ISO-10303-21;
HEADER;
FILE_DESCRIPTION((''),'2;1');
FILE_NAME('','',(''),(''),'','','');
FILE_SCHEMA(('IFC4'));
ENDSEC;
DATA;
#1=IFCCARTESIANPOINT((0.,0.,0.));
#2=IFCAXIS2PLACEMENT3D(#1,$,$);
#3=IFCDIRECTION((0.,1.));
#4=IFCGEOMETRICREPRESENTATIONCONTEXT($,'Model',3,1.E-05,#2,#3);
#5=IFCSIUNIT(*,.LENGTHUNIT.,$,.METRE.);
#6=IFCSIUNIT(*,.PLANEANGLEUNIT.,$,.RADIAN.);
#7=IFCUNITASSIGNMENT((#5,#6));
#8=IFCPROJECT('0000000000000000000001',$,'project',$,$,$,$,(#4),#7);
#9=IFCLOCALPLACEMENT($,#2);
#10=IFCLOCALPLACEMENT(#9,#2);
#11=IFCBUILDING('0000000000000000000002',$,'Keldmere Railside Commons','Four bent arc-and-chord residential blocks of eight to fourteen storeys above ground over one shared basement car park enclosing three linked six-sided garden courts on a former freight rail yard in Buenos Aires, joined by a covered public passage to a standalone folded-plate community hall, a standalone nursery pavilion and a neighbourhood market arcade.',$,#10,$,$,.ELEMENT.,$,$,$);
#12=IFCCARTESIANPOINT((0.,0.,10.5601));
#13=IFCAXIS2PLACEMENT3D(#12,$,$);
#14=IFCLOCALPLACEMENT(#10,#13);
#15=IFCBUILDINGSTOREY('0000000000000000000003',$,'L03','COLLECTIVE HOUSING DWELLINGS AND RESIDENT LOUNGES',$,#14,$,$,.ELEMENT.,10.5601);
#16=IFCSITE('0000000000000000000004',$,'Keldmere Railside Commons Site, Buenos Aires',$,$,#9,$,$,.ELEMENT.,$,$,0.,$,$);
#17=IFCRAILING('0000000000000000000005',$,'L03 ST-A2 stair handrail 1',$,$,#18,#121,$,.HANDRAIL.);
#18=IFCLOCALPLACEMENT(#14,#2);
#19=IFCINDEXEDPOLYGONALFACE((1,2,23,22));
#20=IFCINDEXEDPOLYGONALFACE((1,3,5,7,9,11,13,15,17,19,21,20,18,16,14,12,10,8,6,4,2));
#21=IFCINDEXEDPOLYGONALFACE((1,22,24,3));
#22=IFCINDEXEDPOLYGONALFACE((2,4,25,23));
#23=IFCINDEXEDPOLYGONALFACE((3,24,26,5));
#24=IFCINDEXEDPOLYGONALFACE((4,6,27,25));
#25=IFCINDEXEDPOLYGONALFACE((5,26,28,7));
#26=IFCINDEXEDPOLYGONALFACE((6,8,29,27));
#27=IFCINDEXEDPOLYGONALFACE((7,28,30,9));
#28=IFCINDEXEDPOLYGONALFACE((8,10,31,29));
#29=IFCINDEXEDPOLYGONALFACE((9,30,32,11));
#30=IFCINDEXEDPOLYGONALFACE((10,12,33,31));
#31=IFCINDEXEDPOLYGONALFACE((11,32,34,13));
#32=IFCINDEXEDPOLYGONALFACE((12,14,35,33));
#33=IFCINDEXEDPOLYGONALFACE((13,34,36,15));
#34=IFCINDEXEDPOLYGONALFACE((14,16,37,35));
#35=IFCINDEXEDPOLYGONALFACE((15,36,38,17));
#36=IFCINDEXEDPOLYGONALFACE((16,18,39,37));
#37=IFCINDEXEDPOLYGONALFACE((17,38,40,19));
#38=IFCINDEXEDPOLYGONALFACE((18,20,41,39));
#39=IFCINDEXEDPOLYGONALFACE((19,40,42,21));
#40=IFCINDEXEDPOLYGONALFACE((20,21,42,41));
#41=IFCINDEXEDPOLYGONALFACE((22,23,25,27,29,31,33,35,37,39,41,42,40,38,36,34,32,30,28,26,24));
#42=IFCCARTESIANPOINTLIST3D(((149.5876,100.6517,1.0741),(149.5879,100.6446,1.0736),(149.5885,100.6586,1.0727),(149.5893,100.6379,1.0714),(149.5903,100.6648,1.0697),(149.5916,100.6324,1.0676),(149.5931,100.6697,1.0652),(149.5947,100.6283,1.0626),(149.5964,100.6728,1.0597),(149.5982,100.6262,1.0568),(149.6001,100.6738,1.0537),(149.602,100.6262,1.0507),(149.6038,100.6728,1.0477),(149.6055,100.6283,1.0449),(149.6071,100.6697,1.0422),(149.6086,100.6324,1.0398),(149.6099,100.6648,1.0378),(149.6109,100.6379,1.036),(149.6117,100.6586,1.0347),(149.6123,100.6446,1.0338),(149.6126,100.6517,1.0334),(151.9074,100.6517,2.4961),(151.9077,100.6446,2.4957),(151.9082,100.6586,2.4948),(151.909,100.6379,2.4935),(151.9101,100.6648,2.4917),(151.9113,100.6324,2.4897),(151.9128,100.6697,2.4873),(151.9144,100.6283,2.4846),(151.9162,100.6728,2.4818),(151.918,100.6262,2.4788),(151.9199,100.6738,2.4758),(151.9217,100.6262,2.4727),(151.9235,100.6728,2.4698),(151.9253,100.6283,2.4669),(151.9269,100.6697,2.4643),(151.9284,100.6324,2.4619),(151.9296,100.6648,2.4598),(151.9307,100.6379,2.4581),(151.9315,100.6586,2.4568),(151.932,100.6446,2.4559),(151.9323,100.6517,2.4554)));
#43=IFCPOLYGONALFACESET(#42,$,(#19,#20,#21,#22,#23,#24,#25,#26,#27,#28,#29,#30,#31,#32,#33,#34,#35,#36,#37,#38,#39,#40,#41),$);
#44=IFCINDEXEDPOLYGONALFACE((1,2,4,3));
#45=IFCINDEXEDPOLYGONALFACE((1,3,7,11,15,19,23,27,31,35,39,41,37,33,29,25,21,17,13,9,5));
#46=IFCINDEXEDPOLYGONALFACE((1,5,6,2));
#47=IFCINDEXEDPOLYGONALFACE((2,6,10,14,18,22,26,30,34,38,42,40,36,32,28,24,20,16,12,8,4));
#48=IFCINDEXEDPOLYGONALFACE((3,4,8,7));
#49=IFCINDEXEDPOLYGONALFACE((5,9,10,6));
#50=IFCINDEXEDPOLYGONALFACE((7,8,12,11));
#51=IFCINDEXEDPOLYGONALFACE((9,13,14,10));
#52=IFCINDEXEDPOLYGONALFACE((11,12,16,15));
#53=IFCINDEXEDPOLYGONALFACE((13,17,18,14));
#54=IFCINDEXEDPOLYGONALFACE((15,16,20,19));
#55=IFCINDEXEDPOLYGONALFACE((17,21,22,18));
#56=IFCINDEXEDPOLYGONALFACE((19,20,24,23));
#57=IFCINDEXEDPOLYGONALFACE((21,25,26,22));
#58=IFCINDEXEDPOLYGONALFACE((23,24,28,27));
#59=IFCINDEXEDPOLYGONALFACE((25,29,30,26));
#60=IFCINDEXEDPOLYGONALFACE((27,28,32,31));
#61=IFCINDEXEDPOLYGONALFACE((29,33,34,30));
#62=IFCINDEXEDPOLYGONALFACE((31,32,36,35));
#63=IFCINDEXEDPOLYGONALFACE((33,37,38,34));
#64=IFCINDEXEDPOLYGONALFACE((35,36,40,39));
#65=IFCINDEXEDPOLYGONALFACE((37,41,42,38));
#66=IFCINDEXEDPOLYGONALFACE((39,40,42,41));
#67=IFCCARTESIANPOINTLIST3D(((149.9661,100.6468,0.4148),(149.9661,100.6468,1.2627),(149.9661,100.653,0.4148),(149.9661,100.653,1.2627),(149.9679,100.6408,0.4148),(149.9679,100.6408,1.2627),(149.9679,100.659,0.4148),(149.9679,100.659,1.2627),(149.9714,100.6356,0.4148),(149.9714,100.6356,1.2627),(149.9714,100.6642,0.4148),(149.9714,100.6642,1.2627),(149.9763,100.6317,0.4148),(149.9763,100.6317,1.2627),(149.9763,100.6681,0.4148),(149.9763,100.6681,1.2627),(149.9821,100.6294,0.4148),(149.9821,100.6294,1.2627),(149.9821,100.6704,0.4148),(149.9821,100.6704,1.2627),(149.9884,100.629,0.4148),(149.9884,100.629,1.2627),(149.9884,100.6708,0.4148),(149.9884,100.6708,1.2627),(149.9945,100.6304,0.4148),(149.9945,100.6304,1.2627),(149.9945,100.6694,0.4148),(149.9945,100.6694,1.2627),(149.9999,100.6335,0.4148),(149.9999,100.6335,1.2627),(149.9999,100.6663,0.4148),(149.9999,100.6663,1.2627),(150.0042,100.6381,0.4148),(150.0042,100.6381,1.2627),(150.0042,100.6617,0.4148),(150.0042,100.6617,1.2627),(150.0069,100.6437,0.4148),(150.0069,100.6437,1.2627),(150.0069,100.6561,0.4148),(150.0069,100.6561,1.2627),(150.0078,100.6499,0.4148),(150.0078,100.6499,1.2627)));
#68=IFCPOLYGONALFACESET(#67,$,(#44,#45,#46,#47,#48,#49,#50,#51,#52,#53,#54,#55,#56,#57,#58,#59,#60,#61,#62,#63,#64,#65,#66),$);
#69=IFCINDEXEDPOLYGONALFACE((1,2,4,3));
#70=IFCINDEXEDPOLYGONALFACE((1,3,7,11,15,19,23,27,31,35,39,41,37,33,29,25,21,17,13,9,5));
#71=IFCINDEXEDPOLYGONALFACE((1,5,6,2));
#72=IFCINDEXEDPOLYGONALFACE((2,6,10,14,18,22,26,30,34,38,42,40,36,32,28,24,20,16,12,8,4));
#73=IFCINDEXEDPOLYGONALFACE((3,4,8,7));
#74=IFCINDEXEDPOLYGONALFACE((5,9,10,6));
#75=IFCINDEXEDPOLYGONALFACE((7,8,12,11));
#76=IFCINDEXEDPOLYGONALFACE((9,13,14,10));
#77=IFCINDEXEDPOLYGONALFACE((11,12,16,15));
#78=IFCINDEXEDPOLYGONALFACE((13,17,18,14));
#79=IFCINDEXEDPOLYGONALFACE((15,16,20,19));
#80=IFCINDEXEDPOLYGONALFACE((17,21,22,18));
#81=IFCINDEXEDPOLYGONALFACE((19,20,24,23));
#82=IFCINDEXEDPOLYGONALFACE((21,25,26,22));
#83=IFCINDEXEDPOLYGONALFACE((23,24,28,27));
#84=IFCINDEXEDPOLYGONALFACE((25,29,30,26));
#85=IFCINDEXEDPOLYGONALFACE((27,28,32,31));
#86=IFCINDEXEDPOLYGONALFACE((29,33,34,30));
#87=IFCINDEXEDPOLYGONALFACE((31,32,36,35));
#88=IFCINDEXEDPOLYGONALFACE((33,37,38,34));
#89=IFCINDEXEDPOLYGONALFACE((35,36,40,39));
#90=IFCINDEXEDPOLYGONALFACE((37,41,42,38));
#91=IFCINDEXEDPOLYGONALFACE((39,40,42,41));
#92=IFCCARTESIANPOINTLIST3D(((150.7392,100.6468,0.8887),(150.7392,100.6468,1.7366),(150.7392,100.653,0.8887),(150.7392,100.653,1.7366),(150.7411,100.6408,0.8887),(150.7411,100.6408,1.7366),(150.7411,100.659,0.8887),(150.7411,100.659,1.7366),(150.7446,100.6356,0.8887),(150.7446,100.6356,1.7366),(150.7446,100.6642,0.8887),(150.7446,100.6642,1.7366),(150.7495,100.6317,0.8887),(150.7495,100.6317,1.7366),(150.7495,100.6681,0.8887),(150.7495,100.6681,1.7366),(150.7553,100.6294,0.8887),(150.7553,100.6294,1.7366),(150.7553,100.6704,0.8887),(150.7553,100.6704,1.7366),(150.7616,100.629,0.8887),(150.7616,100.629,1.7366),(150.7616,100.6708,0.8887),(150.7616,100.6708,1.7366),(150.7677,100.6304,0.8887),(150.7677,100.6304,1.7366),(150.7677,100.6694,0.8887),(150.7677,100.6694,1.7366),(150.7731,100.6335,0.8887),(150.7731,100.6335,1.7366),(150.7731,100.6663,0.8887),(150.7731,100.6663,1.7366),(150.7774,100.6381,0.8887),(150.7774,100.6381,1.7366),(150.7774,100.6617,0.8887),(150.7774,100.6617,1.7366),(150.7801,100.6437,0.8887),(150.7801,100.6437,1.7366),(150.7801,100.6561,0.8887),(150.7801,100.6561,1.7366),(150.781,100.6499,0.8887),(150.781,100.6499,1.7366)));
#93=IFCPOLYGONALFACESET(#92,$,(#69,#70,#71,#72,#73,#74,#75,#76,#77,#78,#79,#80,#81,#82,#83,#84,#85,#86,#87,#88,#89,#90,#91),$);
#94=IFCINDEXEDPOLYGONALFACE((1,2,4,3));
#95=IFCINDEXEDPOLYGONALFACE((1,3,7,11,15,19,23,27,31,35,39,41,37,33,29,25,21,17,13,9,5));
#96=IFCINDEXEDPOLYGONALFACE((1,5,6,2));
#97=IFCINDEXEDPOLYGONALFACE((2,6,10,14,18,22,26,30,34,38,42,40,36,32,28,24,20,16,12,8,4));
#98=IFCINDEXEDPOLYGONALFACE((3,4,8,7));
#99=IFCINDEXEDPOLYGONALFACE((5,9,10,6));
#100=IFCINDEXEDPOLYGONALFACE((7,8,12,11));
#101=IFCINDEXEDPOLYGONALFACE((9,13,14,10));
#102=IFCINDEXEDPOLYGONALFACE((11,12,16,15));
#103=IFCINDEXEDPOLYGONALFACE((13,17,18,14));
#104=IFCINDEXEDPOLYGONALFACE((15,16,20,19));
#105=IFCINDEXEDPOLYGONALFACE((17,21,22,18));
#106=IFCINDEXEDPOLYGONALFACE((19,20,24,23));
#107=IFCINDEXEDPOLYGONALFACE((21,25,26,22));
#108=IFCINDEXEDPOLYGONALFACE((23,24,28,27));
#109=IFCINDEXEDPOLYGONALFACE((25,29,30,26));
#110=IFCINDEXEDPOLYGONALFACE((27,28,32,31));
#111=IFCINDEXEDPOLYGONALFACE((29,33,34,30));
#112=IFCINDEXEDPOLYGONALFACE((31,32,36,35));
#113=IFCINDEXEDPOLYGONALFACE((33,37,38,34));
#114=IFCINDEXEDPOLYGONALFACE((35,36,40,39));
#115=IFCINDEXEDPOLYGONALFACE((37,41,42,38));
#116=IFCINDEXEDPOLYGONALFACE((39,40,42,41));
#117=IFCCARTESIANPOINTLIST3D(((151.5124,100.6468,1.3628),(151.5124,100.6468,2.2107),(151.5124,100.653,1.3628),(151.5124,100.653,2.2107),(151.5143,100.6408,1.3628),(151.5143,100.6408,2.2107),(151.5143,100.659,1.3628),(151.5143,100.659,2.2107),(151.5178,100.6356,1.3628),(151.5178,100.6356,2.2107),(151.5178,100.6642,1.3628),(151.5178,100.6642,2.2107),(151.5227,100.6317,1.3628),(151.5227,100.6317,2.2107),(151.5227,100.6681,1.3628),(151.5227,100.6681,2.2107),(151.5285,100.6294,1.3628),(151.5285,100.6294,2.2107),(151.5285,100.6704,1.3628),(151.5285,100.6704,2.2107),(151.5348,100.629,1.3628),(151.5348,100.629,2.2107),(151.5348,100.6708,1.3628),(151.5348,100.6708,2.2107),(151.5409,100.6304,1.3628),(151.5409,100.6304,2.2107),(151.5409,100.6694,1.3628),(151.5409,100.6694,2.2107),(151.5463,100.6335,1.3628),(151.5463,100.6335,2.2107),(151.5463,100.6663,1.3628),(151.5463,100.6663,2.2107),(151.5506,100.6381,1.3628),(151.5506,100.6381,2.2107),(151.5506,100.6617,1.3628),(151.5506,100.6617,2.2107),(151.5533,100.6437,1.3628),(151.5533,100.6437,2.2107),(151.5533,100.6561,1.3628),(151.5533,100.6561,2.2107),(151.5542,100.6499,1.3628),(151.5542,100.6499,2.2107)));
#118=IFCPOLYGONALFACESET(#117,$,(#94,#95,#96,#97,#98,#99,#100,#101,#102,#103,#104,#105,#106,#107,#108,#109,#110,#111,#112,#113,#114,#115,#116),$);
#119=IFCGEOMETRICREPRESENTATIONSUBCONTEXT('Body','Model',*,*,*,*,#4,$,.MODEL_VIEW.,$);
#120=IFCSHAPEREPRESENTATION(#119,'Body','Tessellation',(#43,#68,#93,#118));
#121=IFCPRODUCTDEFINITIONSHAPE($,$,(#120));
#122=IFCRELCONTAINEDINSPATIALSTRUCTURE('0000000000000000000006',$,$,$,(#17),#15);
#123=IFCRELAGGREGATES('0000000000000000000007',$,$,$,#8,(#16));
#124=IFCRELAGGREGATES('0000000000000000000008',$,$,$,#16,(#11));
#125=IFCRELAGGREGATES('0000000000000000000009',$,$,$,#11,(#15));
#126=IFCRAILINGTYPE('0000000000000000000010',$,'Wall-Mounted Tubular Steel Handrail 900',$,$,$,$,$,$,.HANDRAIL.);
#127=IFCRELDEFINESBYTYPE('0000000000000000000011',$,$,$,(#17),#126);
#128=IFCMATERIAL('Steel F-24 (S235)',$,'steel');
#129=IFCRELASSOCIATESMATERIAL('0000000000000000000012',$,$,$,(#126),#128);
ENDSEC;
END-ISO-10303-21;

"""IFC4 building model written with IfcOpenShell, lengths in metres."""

from ifc_helpers import new_model, si_unit, direction, frame, origin, origin_2d, place, context, subcontext, project, spatial, circle, extrude, material, type_object, element, save


model = new_model("IFC4")

# Units and contexts
model_context = context("Model", 3, precision=1e-05, world=origin(), true_north=direction((0.0, 1.0)))
body_context = subcontext(model_context, "Body", "Model", "MODEL_VIEW")
ifc_project = project(units=[si_unit("LENGTHUNIT", "METRE"), si_unit("PLANEANGLEUNIT", "RADIAN")], contexts=[model_context])

# Site, building, storey
site_placement = place(None, origin())
site = spatial("IfcSite", under=ifc_project, at=site_placement, Name="Keldmere Railside Commons Site, Buenos Aires", CompositionType="ELEMENT", RefElevation=0.0)
building_placement = place(site_placement, origin())
building = spatial("IfcBuilding", under=site, at=building_placement, Name="Keldmere Railside Commons", Description="Four bent arc-and-chord residential blocks of eight to fourteen storeys above ground over one shared basement car park enclosing three linked six-sided garden courts on a former freight rail yard in Buenos Aires, joined by a covered public passage to a standalone folded-plate community hall, a standalone nursery pavilion and a neighbourhood market arcade.", CompositionType="ELEMENT")
storey_placement = place(building_placement, frame((0.0, 0.0, 10.5601)))
storey = spatial("IfcBuildingStorey", under=building, at=storey_placement, Name="L03", Description="COLLECTIVE HOUSING DWELLINGS AND RESIDENT LOUNGES", CompositionType="ELEMENT", Elevation=10.5601)

# Railing
ifc_material_1 = material(Name="Steel F-24 (S235)", Category="steel")
railing_type_1 = type_object("IfcRailingType", Name="Wall-Mounted Tubular Steel Handrail 900", PredefinedType="HANDRAIL", material=ifc_material_1)
railing_1_placement = place(storey_placement, frame((149.6001, 100.6499, 0.1777)))
element("IfcRailing", 1, at=railing_1_placement, inside=storey, type_object=railing_type_1, Name="L03 ST-A2 stair handrail 1", PredefinedType="HANDRAIL", context=body_context, shape_type="SweptSolid", body=[
    extrude(circle(Radius=0.0239, at=origin_2d()), frame((0.0, 0.0, 0.876), z_axis=(0.852554, 0.0, 0.52264), x_axis=(0.0, 1.0, 0.0)), (0.0, 0.0, 1.0), 2.7209),
    extrude(circle(Radius=0.021, at=origin_2d()), frame((0.3867, 0.0, 0.2371)), (0.0, 0.0, 1.0), 0.8479),
    extrude(circle(Radius=0.021, at=origin_2d()), frame((1.1599, 0.0, 0.7109)), (0.0, 0.0, 1.0), 0.8479),
    extrude(circle(Radius=0.021, at=origin_2d()), frame((1.9331, 0.0, 1.1851)), (0.0, 0.0, 1.0), 0.8479),
])

save(model, "model.ifc")
